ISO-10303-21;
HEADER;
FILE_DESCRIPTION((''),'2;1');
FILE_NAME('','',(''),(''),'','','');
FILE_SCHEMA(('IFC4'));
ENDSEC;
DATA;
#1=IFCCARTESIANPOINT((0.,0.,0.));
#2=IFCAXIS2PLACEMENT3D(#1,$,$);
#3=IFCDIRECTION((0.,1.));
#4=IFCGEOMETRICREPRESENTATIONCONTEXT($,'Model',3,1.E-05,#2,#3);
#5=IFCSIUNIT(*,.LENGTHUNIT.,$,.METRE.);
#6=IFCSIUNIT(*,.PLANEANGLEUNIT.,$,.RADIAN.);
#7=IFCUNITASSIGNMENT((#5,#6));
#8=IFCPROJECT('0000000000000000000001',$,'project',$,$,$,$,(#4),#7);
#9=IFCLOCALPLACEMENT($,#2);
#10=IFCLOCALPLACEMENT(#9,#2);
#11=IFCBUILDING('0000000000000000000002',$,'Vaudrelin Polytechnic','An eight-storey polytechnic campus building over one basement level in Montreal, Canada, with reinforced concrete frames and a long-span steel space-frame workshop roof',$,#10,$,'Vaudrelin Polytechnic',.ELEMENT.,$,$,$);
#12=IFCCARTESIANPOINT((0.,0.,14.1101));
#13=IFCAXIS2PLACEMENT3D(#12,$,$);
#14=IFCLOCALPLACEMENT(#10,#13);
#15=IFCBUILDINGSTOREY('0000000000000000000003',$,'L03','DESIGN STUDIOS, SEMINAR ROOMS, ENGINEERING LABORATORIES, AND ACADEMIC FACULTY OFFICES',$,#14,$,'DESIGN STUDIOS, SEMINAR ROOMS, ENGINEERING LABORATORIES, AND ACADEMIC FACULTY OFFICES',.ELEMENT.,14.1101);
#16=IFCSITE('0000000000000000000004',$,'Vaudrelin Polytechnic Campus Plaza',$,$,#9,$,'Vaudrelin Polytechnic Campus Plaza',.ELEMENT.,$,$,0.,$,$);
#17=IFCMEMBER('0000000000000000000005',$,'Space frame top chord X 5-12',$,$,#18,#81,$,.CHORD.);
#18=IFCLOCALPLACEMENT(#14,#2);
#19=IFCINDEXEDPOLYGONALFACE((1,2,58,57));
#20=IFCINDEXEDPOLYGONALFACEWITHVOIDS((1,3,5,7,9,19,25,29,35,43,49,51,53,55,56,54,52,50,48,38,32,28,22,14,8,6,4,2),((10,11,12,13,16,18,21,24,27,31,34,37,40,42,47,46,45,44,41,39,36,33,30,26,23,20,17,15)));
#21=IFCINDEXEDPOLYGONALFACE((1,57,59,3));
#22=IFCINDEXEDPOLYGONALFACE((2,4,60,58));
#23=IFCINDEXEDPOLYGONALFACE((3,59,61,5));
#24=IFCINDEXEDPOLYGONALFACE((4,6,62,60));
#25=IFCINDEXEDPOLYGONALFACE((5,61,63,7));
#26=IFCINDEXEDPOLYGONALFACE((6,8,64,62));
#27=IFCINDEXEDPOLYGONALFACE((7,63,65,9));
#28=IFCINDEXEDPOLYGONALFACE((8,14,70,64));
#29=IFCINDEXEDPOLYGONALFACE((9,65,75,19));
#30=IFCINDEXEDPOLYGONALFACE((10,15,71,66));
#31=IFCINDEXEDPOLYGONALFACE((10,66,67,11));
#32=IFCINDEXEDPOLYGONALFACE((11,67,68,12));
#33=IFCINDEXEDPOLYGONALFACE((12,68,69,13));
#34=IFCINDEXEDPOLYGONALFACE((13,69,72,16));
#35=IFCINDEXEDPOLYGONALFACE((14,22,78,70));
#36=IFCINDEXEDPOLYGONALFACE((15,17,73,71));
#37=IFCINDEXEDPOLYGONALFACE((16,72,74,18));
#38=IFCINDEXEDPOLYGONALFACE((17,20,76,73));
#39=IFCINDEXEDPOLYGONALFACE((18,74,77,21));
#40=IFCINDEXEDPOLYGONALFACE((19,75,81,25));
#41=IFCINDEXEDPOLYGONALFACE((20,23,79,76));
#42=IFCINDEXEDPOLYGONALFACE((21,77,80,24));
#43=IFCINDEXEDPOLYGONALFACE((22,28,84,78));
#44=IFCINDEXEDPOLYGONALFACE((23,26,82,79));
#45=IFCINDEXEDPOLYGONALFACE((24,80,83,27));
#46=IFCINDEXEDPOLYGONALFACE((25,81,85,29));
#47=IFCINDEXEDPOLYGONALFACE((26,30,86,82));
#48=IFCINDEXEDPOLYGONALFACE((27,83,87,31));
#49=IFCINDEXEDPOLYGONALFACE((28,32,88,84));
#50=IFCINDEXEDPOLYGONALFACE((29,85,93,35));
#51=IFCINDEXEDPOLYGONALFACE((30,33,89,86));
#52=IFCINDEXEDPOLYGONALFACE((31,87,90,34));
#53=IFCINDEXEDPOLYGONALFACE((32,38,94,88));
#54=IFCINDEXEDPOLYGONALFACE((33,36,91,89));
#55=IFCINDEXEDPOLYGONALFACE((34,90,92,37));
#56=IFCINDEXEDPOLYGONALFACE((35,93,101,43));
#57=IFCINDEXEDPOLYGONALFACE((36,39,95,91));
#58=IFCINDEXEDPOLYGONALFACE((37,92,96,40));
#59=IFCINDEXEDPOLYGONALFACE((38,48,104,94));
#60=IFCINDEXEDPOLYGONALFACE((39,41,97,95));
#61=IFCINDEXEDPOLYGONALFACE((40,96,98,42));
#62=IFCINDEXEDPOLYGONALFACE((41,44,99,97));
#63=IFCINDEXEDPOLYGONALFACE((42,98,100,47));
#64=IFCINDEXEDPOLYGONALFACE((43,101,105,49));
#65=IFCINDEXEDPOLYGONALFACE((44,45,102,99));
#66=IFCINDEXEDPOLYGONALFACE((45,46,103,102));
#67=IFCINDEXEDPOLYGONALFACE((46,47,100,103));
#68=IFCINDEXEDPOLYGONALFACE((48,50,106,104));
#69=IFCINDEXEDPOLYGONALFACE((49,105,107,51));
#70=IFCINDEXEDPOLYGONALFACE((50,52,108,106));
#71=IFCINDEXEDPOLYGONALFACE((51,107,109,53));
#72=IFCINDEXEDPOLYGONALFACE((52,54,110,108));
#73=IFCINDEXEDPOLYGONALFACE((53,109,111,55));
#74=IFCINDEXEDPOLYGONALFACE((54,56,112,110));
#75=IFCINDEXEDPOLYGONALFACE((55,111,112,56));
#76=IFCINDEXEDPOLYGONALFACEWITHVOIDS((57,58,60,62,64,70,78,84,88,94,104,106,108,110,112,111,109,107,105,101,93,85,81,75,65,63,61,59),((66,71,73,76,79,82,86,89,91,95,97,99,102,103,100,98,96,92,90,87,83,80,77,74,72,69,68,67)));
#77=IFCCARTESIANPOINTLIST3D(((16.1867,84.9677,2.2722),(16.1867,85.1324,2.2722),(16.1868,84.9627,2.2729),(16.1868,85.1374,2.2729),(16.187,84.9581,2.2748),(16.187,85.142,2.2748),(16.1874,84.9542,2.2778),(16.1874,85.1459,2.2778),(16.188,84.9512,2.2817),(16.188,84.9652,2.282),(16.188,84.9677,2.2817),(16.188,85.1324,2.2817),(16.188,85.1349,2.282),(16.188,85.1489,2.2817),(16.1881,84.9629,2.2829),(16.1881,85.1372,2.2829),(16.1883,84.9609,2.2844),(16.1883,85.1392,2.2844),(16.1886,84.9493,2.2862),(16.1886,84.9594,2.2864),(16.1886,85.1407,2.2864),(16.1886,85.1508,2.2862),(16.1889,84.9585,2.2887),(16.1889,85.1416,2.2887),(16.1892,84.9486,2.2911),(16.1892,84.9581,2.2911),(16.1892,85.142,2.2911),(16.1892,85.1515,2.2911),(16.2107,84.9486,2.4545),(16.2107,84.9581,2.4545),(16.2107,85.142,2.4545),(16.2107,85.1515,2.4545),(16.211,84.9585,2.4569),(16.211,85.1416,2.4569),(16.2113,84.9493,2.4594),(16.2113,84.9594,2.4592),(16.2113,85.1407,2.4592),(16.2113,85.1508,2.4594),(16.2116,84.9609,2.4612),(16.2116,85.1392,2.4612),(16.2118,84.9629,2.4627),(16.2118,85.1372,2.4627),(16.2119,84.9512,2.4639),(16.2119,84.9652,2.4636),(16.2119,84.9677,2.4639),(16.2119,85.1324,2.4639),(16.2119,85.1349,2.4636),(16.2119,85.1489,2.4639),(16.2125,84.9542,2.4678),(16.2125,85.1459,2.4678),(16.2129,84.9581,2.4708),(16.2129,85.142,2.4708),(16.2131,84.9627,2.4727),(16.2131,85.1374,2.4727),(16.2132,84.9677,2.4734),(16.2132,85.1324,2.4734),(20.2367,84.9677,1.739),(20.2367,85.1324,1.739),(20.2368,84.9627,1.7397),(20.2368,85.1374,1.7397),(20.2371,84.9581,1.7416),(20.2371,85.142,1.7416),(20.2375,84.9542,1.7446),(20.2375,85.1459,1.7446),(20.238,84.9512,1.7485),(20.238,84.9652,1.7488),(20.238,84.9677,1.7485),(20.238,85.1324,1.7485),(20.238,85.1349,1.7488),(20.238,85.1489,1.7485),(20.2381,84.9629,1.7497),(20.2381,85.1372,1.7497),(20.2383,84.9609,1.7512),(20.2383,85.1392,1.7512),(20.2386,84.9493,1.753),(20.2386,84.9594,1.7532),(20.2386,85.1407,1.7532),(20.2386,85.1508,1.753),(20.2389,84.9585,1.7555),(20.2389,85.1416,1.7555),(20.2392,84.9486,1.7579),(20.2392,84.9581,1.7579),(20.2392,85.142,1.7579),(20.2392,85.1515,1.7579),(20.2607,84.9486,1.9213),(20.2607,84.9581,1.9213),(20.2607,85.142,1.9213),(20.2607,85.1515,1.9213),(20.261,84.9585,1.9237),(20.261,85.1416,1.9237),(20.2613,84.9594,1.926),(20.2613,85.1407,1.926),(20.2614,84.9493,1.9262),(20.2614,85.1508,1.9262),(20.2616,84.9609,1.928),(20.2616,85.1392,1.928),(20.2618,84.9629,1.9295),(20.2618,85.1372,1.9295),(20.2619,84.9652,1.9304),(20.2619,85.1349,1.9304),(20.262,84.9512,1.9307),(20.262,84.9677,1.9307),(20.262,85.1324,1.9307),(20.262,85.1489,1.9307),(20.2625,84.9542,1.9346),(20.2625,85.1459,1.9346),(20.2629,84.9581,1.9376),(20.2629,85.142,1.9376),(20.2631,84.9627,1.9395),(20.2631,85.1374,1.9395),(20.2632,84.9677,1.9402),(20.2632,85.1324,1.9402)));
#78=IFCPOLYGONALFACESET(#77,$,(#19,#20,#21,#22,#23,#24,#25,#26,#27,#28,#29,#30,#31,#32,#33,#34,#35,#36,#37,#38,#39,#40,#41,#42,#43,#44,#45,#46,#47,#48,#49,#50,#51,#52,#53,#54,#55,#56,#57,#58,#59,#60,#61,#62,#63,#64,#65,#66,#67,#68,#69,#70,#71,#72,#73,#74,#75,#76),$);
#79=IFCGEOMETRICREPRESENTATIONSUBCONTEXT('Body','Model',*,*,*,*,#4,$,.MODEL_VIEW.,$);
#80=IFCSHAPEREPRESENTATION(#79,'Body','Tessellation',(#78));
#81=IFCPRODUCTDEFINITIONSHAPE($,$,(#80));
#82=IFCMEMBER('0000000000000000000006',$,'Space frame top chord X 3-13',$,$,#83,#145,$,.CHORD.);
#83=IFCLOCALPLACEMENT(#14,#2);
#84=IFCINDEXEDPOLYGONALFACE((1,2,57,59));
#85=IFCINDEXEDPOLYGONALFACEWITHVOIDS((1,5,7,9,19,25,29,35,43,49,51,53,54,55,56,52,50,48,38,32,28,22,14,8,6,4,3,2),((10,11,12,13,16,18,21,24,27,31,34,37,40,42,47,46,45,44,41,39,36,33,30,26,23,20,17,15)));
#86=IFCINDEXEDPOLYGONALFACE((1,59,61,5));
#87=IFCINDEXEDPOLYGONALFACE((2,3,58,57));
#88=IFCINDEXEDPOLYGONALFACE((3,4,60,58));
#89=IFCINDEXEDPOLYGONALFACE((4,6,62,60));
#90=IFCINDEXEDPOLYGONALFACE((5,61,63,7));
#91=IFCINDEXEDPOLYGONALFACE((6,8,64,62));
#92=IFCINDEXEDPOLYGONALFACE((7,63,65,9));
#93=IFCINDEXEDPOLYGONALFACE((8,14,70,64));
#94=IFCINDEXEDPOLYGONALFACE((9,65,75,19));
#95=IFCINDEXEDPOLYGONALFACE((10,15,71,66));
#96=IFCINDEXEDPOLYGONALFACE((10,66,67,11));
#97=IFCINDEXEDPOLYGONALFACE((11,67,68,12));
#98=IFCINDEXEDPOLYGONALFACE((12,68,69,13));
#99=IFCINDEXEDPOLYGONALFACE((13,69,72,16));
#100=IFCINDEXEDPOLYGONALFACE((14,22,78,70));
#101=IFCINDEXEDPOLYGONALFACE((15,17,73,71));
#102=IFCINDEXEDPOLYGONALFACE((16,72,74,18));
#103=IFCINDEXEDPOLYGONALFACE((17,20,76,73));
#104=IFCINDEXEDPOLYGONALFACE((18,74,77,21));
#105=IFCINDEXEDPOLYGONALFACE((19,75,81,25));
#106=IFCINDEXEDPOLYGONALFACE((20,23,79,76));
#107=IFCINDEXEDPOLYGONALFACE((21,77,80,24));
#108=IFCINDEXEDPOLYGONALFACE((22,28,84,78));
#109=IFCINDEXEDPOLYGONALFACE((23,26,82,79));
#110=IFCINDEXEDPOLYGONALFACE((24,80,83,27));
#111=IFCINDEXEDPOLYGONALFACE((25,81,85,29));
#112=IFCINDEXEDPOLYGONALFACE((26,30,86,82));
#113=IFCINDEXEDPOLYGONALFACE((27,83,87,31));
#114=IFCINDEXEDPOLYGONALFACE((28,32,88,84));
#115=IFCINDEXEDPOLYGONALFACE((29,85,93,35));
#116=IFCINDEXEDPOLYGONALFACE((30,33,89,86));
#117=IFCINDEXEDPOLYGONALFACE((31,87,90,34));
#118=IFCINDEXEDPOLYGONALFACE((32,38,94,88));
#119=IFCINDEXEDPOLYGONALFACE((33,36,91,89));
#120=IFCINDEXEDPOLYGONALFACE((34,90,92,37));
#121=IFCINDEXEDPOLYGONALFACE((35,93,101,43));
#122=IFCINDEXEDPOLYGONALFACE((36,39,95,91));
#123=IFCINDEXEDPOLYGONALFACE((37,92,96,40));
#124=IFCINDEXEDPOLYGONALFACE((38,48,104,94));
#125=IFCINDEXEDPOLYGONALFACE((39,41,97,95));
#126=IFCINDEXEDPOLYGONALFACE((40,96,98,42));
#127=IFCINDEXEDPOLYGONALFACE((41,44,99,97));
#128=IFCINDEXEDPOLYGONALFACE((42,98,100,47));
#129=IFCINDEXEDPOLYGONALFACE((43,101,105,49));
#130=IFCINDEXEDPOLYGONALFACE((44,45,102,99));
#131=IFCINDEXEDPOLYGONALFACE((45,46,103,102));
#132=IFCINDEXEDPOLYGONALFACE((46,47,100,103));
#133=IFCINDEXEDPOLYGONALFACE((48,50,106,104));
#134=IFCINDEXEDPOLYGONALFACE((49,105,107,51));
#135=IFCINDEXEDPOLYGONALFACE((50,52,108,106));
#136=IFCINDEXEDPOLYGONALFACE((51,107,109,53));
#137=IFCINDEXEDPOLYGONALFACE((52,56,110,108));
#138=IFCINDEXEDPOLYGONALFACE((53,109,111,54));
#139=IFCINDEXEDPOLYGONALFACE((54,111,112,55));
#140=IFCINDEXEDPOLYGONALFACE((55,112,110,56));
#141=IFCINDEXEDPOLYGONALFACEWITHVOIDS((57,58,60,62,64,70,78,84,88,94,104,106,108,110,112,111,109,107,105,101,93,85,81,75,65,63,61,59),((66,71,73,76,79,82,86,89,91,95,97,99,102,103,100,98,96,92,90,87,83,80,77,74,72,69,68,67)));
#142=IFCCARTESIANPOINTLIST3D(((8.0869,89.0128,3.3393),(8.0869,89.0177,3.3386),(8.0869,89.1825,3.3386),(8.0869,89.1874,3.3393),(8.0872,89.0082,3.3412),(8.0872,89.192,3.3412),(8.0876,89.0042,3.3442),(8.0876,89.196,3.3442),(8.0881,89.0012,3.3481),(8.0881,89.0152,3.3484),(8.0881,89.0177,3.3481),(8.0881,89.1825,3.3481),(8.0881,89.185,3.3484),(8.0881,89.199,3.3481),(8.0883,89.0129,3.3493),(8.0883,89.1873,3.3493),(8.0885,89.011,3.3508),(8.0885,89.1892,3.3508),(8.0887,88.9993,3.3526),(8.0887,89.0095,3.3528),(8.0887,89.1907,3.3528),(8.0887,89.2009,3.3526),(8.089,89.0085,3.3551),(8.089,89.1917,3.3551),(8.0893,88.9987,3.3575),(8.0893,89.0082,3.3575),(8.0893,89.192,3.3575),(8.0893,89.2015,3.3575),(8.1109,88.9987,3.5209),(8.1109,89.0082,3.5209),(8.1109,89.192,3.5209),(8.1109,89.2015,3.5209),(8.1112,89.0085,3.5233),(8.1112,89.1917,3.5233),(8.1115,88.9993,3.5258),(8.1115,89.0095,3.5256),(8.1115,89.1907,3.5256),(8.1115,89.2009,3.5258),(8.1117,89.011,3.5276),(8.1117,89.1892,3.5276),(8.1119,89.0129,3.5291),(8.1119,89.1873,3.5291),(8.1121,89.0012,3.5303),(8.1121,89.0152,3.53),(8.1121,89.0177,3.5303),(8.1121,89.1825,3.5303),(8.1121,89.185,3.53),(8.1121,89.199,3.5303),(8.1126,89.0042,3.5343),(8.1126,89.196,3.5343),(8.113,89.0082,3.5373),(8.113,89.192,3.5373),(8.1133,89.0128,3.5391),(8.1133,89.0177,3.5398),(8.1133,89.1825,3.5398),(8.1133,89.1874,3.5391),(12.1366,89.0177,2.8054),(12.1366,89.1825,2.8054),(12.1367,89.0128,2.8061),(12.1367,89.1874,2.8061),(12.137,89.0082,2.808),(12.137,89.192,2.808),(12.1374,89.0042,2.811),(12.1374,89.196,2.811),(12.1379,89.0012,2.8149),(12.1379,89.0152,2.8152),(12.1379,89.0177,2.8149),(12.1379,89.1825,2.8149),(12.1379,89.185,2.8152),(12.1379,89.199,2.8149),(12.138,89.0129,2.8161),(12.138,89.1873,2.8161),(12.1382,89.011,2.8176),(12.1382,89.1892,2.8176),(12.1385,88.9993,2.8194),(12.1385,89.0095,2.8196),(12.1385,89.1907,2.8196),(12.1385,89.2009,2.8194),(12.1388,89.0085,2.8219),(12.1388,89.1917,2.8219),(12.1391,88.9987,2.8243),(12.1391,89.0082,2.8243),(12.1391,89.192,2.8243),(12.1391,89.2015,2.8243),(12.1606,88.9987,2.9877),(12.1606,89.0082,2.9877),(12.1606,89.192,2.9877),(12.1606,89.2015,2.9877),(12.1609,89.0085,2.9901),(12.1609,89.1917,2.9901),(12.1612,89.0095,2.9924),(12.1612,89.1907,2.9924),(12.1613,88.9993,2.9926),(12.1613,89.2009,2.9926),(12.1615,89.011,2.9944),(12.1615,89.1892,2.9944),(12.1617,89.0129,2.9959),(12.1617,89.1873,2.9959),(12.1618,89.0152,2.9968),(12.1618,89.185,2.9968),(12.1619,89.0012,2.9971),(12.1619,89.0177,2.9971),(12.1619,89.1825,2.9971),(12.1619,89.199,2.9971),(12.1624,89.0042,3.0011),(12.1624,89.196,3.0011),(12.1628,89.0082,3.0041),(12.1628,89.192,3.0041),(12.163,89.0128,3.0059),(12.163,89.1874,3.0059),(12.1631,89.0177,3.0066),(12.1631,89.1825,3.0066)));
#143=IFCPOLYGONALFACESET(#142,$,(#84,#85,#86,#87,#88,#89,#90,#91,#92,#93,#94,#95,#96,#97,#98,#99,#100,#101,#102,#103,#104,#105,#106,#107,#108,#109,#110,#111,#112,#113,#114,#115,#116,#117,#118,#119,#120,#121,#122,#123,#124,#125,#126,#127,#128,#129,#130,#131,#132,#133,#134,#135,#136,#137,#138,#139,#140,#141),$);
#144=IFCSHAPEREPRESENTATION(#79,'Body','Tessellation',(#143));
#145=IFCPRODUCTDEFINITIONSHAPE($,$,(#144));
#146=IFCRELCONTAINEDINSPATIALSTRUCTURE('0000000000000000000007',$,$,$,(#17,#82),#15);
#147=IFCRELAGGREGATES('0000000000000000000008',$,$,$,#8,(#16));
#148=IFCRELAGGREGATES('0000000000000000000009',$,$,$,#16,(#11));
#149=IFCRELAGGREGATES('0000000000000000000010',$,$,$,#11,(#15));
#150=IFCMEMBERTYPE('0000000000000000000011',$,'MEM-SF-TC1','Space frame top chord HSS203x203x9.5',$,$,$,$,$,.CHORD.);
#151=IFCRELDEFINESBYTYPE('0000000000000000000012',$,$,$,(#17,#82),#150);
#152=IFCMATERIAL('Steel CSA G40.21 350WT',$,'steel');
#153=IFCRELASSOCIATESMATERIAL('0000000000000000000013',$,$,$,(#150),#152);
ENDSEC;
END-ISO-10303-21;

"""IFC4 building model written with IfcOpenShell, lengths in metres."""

from ifc_helpers import new_model, si_unit, direction, frame, origin, origin_2d, place, context, subcontext, project, spatial, hollow_rectangle, extrude, material, material_profile, profile_set, type_object, element, save


model = new_model("IFC4")

# Units and contexts
model_context = context("Model", 3, precision=1e-05, world=origin(), true_north=direction((0.0, 1.0)))
body_context = subcontext(model_context, "Body", "Model", "MODEL_VIEW")
ifc_project = project(units=[si_unit("LENGTHUNIT", "METRE"), si_unit("PLANEANGLEUNIT", "RADIAN")], contexts=[model_context])

# Site, building, storey
site_placement = place(None, origin())
site = spatial("IfcSite", under=ifc_project, at=site_placement, Name="Vaudrelin Polytechnic Campus Plaza", LongName="Vaudrelin Polytechnic Campus Plaza", CompositionType="ELEMENT", RefElevation=0.0)
building_placement = place(site_placement, origin())
building = spatial("IfcBuilding", under=site, at=building_placement, Name="Vaudrelin Polytechnic", Description="An eight-storey polytechnic campus building over one basement level in Montreal, Canada, with reinforced concrete frames and a long-span steel space-frame workshop roof", LongName="Vaudrelin Polytechnic", CompositionType="ELEMENT")
storey_placement = place(building_placement, frame((0.0, 0.0, 14.1101)))
storey = spatial("IfcBuildingStorey", under=building, at=storey_placement, Name="L03", Description="DESIGN STUDIOS, SEMINAR ROOMS, ENGINEERING LABORATORIES, AND ACADEMIC FACULTY OFFICES", LongName="DESIGN STUDIOS, SEMINAR ROOMS, ENGINEERING LABORATORIES, AND ACADEMIC FACULTY OFFICES", CompositionType="ELEMENT", Elevation=14.1101)

# Members
ifc_material = material(Name="Steel CSA G40.21 350WT", Category="steel")
ifc_material_profile_1 = material_profile(ifc_material, hollow_rectangle(XDim=0.2029, YDim=0.2029, WallThickness=0.0095, InnerFilletRadius=0.0095, OuterFilletRadius=0.019, at=origin_2d()), Name="HSS203x203x9.5")
ifc_profile_set_1 = profile_set([ifc_material_profile_1], Name="Steel CSA G40.21 350WT")
member_type_1 = type_object("IfcMemberType", Name="MEM-SF-TC1", Description="Space frame top chord HSS203x203x9.5", PredefinedType="CHORD", material=ifc_profile_set_1)
for number, where, z_axis, x_axis, name in (
    (1, (16.2, 85.05, 2.3728), (0.991445, 0.0, -0.130527), (0.0, 1.0, 0.0), "Space frame top chord X 5-12"),
):
    element("IfcMember", number, at=place(storey_placement, frame(where, z_axis=z_axis, x_axis=x_axis)), inside=storey, type_object=member_type_1, Name=name, PredefinedType="CHORD", context=body_context, shape_type="SweptSolid", body=[
        extrude(hollow_rectangle(XDim=0.2029, YDim=0.2029, WallThickness=0.0095, InnerFilletRadius=0.0095, OuterFilletRadius=0.019, at=origin_2d()), origin(), (0.0, 0.0, 1.0), 4.085),
    ])
member_1_placement = place(storey_placement, frame((8.1001, 89.1001, 3.4392), z_axis=(0.991444, 0.0, -0.130535), x_axis=(0.0, 1.0, 0.0)))
element("IfcMember", 2, at=member_1_placement, inside=storey, type_object=member_type_1, Name="Space frame top chord X 3-13", PredefinedType="CHORD", context=body_context, shape_type="SweptSolid", body=[
    extrude(hollow_rectangle(XDim=0.2029, YDim=0.2029, WallThickness=0.0095, InnerFilletRadius=0.0095, OuterFilletRadius=0.019, at=origin_2d()), origin(), (0.0, 0.0, 1.0), 4.0847),
])

save(model, "model.ifc")
